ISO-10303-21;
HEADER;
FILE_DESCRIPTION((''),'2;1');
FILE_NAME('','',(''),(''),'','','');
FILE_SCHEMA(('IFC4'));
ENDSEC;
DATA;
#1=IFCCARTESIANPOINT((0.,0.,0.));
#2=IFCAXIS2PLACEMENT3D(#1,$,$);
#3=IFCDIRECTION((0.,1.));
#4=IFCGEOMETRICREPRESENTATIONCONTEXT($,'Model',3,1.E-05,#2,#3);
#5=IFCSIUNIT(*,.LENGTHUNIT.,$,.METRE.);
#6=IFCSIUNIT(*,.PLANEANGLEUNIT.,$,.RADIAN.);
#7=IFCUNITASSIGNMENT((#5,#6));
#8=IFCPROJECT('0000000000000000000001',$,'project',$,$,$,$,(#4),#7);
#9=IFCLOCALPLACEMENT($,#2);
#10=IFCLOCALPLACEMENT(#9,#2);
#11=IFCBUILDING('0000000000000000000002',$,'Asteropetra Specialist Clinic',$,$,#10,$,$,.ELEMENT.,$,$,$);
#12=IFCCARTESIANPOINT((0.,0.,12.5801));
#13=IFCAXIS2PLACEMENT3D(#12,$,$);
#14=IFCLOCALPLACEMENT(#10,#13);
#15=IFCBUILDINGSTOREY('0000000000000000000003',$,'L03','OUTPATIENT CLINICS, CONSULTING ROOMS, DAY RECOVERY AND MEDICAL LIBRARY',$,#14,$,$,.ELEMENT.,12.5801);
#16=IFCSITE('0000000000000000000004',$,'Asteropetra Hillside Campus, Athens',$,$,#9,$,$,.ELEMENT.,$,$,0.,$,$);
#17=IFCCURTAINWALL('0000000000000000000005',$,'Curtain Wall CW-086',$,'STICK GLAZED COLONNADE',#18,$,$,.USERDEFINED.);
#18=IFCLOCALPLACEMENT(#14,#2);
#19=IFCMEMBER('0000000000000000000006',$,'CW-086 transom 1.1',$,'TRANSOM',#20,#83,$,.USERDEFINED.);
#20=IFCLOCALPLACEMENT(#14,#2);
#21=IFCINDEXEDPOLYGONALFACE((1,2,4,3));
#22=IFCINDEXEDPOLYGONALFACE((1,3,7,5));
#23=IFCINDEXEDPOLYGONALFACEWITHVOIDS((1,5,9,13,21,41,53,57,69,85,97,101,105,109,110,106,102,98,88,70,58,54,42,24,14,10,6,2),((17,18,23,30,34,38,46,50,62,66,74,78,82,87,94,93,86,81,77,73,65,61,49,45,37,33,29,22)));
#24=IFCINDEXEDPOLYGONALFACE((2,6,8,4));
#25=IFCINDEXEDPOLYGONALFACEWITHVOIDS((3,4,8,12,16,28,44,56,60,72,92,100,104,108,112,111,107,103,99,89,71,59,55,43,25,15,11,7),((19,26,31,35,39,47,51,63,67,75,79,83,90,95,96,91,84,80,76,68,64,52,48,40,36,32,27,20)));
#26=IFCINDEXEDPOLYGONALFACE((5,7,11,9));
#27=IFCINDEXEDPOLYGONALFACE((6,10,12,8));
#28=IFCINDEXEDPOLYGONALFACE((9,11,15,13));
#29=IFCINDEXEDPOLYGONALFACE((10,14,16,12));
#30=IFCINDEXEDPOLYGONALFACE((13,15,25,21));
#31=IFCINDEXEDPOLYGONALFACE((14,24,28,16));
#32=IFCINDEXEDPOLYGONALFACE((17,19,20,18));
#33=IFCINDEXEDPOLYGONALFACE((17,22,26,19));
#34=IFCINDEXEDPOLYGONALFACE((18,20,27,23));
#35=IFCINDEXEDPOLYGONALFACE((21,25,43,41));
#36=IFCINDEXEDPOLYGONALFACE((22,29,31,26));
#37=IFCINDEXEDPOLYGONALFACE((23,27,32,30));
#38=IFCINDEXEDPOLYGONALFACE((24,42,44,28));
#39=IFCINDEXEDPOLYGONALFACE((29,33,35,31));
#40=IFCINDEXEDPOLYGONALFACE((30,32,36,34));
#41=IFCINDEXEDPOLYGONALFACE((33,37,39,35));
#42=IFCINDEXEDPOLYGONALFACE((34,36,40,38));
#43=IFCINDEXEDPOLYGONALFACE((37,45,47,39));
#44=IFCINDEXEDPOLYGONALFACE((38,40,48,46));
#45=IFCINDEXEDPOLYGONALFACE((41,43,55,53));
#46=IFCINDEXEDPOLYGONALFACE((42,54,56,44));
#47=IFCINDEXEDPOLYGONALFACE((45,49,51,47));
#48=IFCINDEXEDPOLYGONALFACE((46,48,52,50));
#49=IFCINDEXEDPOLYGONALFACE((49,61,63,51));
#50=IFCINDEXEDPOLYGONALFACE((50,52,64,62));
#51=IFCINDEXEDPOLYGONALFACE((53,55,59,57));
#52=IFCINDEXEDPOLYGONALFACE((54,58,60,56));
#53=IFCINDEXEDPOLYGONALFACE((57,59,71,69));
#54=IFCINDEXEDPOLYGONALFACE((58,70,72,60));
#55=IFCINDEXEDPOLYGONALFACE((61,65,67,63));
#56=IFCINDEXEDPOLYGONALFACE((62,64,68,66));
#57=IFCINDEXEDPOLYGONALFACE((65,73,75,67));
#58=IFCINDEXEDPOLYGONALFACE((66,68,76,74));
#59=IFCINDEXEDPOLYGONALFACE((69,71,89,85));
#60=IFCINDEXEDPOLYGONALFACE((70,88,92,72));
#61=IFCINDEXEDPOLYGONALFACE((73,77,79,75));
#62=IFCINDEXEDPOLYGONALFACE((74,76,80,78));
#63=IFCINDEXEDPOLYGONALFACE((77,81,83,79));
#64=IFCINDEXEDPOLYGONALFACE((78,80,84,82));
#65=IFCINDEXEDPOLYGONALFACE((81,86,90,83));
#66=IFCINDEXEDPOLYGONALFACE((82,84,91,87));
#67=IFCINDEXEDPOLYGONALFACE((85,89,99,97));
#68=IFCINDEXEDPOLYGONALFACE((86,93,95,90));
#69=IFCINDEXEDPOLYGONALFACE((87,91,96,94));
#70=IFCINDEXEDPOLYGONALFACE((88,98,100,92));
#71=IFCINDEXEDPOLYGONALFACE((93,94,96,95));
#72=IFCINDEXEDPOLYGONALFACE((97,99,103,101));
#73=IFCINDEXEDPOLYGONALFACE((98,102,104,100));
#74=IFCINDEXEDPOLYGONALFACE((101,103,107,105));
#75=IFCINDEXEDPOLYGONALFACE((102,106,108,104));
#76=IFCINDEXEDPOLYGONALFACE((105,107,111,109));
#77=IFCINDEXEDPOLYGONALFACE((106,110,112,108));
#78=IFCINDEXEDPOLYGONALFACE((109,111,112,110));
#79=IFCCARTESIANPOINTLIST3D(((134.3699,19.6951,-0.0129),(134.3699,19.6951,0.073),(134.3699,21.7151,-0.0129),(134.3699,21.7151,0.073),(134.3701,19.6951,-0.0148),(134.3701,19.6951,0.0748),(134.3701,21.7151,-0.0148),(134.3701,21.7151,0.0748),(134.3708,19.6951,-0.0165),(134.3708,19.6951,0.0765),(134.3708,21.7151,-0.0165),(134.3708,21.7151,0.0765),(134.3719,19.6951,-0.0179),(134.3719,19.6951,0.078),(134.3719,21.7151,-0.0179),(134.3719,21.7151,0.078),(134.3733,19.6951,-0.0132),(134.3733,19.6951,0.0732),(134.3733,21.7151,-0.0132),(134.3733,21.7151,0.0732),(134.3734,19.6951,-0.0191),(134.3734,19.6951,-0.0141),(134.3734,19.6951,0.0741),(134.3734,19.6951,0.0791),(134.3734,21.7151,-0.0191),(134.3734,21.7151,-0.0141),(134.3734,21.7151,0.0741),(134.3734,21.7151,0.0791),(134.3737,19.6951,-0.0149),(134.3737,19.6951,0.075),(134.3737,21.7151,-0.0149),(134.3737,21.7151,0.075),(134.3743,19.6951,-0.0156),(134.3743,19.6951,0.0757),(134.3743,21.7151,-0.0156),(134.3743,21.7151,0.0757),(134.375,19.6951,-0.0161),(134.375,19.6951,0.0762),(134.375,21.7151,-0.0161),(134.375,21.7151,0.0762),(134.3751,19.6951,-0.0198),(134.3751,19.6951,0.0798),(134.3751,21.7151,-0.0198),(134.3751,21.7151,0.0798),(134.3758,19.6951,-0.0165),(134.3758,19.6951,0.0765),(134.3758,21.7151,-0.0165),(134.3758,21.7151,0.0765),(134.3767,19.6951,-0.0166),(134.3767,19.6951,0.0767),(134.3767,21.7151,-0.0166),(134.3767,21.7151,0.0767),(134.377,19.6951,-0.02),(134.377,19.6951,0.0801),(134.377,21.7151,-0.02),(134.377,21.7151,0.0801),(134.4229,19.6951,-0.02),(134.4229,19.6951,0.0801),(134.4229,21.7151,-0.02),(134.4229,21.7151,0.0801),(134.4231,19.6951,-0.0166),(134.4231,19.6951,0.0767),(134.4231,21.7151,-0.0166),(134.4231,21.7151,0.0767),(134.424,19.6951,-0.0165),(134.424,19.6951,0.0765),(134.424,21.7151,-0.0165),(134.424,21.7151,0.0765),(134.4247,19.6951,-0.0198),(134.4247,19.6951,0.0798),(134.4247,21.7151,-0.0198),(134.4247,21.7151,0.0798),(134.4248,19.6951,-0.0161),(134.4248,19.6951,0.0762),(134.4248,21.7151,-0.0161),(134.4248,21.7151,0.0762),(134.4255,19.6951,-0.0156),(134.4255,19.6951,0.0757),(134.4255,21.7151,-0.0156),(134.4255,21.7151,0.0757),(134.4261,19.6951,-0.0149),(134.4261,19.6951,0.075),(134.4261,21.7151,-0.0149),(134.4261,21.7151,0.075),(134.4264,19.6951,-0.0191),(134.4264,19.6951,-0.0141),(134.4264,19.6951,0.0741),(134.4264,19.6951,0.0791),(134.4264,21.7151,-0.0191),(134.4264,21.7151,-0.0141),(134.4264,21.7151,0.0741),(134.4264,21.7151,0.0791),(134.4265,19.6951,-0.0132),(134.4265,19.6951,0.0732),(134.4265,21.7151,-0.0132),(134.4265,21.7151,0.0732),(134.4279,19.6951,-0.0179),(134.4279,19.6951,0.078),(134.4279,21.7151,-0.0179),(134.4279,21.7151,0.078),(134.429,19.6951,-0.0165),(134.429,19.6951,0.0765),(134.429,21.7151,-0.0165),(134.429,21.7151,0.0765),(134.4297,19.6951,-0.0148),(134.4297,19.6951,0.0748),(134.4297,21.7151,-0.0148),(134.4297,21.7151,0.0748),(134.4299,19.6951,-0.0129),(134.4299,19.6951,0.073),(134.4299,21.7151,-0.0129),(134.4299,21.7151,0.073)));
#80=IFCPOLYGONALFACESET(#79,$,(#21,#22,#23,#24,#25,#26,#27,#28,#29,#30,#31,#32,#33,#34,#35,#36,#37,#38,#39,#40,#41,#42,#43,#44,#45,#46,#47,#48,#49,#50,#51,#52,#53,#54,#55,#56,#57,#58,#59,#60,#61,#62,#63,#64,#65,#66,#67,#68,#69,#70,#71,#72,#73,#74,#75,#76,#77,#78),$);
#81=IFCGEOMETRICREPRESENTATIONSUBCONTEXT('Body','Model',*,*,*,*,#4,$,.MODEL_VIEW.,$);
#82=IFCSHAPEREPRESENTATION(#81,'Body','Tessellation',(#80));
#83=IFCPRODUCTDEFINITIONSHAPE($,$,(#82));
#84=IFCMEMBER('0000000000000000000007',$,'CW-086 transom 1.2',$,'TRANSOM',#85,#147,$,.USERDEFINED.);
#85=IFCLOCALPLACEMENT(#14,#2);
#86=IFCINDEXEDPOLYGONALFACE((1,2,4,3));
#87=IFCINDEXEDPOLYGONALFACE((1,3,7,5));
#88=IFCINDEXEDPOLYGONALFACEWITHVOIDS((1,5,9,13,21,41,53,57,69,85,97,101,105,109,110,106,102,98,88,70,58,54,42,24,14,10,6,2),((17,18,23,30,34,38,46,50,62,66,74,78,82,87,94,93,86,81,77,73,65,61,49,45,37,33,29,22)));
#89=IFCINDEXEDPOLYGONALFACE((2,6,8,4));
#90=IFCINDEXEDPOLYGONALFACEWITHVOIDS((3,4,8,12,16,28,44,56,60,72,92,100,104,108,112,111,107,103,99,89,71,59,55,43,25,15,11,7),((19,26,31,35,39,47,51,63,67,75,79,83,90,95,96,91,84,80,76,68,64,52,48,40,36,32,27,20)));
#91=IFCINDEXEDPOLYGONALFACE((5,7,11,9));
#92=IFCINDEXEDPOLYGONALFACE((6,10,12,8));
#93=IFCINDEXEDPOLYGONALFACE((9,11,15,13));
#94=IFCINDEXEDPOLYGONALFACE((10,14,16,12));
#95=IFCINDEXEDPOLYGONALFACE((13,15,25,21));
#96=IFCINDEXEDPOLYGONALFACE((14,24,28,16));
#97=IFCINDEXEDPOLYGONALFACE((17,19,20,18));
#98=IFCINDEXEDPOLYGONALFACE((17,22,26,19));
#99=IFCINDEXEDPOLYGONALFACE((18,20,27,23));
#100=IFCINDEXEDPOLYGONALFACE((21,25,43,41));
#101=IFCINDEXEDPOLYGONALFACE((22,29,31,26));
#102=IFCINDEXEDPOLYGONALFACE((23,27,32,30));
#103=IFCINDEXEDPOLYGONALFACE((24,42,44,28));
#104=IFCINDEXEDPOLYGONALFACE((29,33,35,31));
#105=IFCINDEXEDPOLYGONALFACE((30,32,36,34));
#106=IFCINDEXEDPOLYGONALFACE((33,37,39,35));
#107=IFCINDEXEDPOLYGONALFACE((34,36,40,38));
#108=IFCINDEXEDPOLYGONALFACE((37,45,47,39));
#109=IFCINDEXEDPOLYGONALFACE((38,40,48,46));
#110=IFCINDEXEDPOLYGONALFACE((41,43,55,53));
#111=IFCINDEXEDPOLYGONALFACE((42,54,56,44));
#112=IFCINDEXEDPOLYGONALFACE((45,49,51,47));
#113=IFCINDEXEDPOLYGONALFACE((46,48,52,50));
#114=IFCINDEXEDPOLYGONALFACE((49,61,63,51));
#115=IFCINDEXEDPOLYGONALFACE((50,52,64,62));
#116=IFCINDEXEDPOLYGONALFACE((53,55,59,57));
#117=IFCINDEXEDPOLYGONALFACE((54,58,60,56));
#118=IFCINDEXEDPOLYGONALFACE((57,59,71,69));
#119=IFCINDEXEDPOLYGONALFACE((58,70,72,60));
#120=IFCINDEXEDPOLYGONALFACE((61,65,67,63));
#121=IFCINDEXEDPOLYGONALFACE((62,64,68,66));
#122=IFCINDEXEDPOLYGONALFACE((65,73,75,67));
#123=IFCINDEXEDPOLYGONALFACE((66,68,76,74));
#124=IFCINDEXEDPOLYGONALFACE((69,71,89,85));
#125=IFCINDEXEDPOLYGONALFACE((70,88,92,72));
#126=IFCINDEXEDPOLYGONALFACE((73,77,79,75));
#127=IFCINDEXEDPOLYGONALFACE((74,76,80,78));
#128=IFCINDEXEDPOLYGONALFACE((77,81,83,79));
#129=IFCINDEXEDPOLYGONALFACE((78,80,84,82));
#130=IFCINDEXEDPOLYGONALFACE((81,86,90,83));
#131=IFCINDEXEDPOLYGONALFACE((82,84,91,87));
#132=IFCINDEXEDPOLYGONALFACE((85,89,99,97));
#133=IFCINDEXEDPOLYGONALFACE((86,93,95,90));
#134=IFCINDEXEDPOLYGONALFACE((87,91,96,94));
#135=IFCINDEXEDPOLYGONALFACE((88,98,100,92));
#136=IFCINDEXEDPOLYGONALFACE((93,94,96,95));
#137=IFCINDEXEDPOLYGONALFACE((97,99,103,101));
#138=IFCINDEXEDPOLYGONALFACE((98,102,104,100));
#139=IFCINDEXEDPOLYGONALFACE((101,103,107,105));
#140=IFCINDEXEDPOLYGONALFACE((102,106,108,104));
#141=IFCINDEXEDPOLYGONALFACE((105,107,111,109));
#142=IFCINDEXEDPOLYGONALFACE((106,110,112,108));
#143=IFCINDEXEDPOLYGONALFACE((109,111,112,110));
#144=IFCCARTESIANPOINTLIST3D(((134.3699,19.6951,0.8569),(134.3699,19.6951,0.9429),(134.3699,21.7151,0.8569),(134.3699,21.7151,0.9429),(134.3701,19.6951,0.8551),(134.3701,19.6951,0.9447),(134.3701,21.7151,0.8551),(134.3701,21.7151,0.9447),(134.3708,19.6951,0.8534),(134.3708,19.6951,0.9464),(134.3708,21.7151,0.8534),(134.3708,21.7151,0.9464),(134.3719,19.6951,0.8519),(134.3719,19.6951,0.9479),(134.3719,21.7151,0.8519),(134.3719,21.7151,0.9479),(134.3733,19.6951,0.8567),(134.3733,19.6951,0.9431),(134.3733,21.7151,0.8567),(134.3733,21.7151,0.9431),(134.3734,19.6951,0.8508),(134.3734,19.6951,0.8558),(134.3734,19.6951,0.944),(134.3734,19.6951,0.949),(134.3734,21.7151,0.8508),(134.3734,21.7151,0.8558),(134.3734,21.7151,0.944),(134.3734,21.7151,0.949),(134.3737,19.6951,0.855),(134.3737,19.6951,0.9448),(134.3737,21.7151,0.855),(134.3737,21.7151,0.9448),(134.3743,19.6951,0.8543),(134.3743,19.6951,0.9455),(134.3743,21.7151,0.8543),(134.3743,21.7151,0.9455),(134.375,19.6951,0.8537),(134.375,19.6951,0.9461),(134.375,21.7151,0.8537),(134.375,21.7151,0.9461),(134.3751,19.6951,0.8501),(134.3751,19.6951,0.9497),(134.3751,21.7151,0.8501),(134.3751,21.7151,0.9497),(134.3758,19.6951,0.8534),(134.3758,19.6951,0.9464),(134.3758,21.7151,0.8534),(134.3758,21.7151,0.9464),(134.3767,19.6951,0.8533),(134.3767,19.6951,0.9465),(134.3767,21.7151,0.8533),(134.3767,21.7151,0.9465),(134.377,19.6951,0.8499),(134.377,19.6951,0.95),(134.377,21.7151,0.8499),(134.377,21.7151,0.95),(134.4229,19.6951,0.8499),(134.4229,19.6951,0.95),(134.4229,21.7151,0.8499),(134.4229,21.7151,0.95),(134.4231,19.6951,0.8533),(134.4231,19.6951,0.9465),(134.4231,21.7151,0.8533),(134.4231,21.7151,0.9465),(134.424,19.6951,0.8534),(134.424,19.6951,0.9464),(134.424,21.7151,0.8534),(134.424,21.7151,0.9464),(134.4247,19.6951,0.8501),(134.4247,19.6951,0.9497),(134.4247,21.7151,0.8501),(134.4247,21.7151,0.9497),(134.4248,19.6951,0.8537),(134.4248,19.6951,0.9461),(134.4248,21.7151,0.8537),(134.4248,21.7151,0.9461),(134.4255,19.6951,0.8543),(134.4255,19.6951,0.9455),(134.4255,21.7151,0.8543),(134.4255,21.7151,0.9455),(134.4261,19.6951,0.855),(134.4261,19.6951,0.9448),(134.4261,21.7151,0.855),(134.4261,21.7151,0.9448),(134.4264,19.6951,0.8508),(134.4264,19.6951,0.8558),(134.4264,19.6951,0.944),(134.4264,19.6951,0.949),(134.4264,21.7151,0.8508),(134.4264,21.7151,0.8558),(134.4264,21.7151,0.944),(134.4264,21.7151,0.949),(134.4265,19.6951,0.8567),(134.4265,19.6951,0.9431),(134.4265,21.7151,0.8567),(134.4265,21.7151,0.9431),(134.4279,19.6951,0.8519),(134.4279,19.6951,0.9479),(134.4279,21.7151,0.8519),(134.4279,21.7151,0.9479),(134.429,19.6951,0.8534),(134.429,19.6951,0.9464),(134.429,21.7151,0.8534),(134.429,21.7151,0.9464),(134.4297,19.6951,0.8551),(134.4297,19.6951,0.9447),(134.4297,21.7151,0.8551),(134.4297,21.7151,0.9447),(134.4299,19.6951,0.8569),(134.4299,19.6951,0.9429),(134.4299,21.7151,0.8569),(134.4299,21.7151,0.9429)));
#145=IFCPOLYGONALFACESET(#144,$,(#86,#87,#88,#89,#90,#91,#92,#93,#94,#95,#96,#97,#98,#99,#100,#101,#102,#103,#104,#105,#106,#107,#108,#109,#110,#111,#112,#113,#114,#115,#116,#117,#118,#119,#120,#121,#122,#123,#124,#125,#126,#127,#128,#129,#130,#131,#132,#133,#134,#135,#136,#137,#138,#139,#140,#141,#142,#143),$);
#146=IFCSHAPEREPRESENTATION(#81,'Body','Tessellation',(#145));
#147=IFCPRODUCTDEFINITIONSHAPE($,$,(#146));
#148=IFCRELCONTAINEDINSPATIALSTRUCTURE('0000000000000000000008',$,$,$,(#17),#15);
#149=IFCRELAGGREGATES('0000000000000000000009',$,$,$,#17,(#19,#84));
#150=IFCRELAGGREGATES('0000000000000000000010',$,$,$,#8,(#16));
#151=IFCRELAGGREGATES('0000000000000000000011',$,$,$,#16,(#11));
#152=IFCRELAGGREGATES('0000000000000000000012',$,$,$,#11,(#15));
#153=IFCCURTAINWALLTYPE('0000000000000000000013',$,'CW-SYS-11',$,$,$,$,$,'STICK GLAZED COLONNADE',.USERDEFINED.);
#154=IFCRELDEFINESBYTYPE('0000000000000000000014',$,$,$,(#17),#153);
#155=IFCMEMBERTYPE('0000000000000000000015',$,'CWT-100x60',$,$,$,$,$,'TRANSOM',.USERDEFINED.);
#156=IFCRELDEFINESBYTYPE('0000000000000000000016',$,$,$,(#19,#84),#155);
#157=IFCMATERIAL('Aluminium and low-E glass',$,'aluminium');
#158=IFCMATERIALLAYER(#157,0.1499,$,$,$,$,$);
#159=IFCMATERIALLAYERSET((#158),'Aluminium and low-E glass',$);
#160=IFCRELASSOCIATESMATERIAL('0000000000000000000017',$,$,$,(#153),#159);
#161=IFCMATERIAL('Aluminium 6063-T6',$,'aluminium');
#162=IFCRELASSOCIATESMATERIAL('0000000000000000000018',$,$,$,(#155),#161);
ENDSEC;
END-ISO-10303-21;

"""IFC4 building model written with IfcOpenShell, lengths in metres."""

from ifc_helpers import new_model, si_unit, direction, frame, origin, origin_2d, place, context, subcontext, project, spatial, hollow_rectangle, extrude, material, layer, layer_set, material_profile, profile_set, type_object, element, aggregate, save


model = new_model("IFC4")

# Units and contexts
model_context = context("Model", 3, precision=1e-05, world=origin(), true_north=direction((0.0, 1.0)))
body_context = subcontext(model_context, "Body", "Model", "MODEL_VIEW")
ifc_project = project(units=[si_unit("LENGTHUNIT", "METRE"), si_unit("PLANEANGLEUNIT", "RADIAN")], contexts=[model_context])

# Site, building, storey
site_placement = place(None, origin())
site = spatial("IfcSite", under=ifc_project, at=site_placement, Name="Asteropetra Hillside Campus, Athens", CompositionType="ELEMENT", RefElevation=0.0)
building_placement = place(site_placement, origin())
building = spatial("IfcBuilding", under=site, at=building_placement, Name="Asteropetra Specialist Clinic", CompositionType="ELEMENT")
storey_placement = place(building_placement, frame((0.0, 0.0, 12.5801)))
storey = spatial("IfcBuildingStorey", under=building, at=storey_placement, Name="L03", Description="OUTPATIENT CLINICS, CONSULTING ROOMS, DAY RECOVERY AND MEDICAL LIBRARY", CompositionType="ELEMENT", Elevation=12.5801)

# Curtain wall, members
ifc_material_1 = material(Name="Aluminium and low-E glass", Category="aluminium")
ifc_layer_1 = layer(ifc_material_1, 0.1499)
ifc_layer_set_1 = layer_set([ifc_layer_1], Name="Aluminium and low-E glass")
curtain_wall_type_1 = type_object("IfcCurtainWallType", Name="CW-SYS-11", ElementType="STICK GLAZED COLONNADE", PredefinedType="USERDEFINED", material=ifc_layer_set_1)
curtain_wall_1_placement = place(storey_placement, origin())
curtain_wall_1 = element("IfcCurtainWall", 1, at=curtain_wall_1_placement, inside=storey, type_object=curtain_wall_type_1, Name="Curtain Wall CW-086", ObjectType="STICK GLAZED COLONNADE", PredefinedType="USERDEFINED")
ifc_material_2 = material(Name="Aluminium 6063-T6", Category="aluminium")
ifc_material_profile_1 = material_profile(ifc_material_2, hollow_rectangle(XDim=0.0601, YDim=0.1001, WallThickness=0.0034, InnerFilletRadius=0.0034, OuterFilletRadius=0.0071, at=origin_2d()), Name="TRN 100x60x3.5")
ifc_profile_set_1 = profile_set([ifc_material_profile_1], Name="Aluminium 6063-T6")
member_type_1 = type_object("IfcMemberType", Name="CWT-100x60", ElementType="TRANSOM", PredefinedType="USERDEFINED", material=ifc_profile_set_1)
member_1_placement = place(storey_placement, frame((134.3999, 19.6951, 0.03), z_axis=(0.0, 1.0, 0.0), x_axis=(-1.0, 0.0, 0.0)))
member_1 = element("IfcMember", 2, at=member_1_placement, type_object=member_type_1, Name="CW-086 transom 1.1", ObjectType="TRANSOM", PredefinedType="USERDEFINED", context=body_context, shape_type="SweptSolid", body=[
    extrude(hollow_rectangle(XDim=0.0601, YDim=0.1001, WallThickness=0.0034, InnerFilletRadius=0.0034, OuterFilletRadius=0.0071, at=origin_2d()), origin(), (0.0, 0.0, 1.0), 2.02),
])
member_2_placement = place(storey_placement, frame((134.3999, 19.6951, 0.8999), z_axis=(0.0, 1.0, 0.0), x_axis=(-1.0, 0.0, 0.0)))
member_2 = element("IfcMember", 3, at=member_2_placement, type_object=member_type_1, Name="CW-086 transom 1.2", ObjectType="TRANSOM", PredefinedType="USERDEFINED", context=body_context, shape_type="SweptSolid", body=[
    extrude(hollow_rectangle(XDim=0.0601, YDim=0.1001, WallThickness=0.0034, InnerFilletRadius=0.0034, OuterFilletRadius=0.0071, at=origin_2d()), origin(), (0.0, 0.0, 1.0), 2.02),
])

aggregate(curtain_wall_1, [member_1, member_2])

save(model, "model.ifc")
